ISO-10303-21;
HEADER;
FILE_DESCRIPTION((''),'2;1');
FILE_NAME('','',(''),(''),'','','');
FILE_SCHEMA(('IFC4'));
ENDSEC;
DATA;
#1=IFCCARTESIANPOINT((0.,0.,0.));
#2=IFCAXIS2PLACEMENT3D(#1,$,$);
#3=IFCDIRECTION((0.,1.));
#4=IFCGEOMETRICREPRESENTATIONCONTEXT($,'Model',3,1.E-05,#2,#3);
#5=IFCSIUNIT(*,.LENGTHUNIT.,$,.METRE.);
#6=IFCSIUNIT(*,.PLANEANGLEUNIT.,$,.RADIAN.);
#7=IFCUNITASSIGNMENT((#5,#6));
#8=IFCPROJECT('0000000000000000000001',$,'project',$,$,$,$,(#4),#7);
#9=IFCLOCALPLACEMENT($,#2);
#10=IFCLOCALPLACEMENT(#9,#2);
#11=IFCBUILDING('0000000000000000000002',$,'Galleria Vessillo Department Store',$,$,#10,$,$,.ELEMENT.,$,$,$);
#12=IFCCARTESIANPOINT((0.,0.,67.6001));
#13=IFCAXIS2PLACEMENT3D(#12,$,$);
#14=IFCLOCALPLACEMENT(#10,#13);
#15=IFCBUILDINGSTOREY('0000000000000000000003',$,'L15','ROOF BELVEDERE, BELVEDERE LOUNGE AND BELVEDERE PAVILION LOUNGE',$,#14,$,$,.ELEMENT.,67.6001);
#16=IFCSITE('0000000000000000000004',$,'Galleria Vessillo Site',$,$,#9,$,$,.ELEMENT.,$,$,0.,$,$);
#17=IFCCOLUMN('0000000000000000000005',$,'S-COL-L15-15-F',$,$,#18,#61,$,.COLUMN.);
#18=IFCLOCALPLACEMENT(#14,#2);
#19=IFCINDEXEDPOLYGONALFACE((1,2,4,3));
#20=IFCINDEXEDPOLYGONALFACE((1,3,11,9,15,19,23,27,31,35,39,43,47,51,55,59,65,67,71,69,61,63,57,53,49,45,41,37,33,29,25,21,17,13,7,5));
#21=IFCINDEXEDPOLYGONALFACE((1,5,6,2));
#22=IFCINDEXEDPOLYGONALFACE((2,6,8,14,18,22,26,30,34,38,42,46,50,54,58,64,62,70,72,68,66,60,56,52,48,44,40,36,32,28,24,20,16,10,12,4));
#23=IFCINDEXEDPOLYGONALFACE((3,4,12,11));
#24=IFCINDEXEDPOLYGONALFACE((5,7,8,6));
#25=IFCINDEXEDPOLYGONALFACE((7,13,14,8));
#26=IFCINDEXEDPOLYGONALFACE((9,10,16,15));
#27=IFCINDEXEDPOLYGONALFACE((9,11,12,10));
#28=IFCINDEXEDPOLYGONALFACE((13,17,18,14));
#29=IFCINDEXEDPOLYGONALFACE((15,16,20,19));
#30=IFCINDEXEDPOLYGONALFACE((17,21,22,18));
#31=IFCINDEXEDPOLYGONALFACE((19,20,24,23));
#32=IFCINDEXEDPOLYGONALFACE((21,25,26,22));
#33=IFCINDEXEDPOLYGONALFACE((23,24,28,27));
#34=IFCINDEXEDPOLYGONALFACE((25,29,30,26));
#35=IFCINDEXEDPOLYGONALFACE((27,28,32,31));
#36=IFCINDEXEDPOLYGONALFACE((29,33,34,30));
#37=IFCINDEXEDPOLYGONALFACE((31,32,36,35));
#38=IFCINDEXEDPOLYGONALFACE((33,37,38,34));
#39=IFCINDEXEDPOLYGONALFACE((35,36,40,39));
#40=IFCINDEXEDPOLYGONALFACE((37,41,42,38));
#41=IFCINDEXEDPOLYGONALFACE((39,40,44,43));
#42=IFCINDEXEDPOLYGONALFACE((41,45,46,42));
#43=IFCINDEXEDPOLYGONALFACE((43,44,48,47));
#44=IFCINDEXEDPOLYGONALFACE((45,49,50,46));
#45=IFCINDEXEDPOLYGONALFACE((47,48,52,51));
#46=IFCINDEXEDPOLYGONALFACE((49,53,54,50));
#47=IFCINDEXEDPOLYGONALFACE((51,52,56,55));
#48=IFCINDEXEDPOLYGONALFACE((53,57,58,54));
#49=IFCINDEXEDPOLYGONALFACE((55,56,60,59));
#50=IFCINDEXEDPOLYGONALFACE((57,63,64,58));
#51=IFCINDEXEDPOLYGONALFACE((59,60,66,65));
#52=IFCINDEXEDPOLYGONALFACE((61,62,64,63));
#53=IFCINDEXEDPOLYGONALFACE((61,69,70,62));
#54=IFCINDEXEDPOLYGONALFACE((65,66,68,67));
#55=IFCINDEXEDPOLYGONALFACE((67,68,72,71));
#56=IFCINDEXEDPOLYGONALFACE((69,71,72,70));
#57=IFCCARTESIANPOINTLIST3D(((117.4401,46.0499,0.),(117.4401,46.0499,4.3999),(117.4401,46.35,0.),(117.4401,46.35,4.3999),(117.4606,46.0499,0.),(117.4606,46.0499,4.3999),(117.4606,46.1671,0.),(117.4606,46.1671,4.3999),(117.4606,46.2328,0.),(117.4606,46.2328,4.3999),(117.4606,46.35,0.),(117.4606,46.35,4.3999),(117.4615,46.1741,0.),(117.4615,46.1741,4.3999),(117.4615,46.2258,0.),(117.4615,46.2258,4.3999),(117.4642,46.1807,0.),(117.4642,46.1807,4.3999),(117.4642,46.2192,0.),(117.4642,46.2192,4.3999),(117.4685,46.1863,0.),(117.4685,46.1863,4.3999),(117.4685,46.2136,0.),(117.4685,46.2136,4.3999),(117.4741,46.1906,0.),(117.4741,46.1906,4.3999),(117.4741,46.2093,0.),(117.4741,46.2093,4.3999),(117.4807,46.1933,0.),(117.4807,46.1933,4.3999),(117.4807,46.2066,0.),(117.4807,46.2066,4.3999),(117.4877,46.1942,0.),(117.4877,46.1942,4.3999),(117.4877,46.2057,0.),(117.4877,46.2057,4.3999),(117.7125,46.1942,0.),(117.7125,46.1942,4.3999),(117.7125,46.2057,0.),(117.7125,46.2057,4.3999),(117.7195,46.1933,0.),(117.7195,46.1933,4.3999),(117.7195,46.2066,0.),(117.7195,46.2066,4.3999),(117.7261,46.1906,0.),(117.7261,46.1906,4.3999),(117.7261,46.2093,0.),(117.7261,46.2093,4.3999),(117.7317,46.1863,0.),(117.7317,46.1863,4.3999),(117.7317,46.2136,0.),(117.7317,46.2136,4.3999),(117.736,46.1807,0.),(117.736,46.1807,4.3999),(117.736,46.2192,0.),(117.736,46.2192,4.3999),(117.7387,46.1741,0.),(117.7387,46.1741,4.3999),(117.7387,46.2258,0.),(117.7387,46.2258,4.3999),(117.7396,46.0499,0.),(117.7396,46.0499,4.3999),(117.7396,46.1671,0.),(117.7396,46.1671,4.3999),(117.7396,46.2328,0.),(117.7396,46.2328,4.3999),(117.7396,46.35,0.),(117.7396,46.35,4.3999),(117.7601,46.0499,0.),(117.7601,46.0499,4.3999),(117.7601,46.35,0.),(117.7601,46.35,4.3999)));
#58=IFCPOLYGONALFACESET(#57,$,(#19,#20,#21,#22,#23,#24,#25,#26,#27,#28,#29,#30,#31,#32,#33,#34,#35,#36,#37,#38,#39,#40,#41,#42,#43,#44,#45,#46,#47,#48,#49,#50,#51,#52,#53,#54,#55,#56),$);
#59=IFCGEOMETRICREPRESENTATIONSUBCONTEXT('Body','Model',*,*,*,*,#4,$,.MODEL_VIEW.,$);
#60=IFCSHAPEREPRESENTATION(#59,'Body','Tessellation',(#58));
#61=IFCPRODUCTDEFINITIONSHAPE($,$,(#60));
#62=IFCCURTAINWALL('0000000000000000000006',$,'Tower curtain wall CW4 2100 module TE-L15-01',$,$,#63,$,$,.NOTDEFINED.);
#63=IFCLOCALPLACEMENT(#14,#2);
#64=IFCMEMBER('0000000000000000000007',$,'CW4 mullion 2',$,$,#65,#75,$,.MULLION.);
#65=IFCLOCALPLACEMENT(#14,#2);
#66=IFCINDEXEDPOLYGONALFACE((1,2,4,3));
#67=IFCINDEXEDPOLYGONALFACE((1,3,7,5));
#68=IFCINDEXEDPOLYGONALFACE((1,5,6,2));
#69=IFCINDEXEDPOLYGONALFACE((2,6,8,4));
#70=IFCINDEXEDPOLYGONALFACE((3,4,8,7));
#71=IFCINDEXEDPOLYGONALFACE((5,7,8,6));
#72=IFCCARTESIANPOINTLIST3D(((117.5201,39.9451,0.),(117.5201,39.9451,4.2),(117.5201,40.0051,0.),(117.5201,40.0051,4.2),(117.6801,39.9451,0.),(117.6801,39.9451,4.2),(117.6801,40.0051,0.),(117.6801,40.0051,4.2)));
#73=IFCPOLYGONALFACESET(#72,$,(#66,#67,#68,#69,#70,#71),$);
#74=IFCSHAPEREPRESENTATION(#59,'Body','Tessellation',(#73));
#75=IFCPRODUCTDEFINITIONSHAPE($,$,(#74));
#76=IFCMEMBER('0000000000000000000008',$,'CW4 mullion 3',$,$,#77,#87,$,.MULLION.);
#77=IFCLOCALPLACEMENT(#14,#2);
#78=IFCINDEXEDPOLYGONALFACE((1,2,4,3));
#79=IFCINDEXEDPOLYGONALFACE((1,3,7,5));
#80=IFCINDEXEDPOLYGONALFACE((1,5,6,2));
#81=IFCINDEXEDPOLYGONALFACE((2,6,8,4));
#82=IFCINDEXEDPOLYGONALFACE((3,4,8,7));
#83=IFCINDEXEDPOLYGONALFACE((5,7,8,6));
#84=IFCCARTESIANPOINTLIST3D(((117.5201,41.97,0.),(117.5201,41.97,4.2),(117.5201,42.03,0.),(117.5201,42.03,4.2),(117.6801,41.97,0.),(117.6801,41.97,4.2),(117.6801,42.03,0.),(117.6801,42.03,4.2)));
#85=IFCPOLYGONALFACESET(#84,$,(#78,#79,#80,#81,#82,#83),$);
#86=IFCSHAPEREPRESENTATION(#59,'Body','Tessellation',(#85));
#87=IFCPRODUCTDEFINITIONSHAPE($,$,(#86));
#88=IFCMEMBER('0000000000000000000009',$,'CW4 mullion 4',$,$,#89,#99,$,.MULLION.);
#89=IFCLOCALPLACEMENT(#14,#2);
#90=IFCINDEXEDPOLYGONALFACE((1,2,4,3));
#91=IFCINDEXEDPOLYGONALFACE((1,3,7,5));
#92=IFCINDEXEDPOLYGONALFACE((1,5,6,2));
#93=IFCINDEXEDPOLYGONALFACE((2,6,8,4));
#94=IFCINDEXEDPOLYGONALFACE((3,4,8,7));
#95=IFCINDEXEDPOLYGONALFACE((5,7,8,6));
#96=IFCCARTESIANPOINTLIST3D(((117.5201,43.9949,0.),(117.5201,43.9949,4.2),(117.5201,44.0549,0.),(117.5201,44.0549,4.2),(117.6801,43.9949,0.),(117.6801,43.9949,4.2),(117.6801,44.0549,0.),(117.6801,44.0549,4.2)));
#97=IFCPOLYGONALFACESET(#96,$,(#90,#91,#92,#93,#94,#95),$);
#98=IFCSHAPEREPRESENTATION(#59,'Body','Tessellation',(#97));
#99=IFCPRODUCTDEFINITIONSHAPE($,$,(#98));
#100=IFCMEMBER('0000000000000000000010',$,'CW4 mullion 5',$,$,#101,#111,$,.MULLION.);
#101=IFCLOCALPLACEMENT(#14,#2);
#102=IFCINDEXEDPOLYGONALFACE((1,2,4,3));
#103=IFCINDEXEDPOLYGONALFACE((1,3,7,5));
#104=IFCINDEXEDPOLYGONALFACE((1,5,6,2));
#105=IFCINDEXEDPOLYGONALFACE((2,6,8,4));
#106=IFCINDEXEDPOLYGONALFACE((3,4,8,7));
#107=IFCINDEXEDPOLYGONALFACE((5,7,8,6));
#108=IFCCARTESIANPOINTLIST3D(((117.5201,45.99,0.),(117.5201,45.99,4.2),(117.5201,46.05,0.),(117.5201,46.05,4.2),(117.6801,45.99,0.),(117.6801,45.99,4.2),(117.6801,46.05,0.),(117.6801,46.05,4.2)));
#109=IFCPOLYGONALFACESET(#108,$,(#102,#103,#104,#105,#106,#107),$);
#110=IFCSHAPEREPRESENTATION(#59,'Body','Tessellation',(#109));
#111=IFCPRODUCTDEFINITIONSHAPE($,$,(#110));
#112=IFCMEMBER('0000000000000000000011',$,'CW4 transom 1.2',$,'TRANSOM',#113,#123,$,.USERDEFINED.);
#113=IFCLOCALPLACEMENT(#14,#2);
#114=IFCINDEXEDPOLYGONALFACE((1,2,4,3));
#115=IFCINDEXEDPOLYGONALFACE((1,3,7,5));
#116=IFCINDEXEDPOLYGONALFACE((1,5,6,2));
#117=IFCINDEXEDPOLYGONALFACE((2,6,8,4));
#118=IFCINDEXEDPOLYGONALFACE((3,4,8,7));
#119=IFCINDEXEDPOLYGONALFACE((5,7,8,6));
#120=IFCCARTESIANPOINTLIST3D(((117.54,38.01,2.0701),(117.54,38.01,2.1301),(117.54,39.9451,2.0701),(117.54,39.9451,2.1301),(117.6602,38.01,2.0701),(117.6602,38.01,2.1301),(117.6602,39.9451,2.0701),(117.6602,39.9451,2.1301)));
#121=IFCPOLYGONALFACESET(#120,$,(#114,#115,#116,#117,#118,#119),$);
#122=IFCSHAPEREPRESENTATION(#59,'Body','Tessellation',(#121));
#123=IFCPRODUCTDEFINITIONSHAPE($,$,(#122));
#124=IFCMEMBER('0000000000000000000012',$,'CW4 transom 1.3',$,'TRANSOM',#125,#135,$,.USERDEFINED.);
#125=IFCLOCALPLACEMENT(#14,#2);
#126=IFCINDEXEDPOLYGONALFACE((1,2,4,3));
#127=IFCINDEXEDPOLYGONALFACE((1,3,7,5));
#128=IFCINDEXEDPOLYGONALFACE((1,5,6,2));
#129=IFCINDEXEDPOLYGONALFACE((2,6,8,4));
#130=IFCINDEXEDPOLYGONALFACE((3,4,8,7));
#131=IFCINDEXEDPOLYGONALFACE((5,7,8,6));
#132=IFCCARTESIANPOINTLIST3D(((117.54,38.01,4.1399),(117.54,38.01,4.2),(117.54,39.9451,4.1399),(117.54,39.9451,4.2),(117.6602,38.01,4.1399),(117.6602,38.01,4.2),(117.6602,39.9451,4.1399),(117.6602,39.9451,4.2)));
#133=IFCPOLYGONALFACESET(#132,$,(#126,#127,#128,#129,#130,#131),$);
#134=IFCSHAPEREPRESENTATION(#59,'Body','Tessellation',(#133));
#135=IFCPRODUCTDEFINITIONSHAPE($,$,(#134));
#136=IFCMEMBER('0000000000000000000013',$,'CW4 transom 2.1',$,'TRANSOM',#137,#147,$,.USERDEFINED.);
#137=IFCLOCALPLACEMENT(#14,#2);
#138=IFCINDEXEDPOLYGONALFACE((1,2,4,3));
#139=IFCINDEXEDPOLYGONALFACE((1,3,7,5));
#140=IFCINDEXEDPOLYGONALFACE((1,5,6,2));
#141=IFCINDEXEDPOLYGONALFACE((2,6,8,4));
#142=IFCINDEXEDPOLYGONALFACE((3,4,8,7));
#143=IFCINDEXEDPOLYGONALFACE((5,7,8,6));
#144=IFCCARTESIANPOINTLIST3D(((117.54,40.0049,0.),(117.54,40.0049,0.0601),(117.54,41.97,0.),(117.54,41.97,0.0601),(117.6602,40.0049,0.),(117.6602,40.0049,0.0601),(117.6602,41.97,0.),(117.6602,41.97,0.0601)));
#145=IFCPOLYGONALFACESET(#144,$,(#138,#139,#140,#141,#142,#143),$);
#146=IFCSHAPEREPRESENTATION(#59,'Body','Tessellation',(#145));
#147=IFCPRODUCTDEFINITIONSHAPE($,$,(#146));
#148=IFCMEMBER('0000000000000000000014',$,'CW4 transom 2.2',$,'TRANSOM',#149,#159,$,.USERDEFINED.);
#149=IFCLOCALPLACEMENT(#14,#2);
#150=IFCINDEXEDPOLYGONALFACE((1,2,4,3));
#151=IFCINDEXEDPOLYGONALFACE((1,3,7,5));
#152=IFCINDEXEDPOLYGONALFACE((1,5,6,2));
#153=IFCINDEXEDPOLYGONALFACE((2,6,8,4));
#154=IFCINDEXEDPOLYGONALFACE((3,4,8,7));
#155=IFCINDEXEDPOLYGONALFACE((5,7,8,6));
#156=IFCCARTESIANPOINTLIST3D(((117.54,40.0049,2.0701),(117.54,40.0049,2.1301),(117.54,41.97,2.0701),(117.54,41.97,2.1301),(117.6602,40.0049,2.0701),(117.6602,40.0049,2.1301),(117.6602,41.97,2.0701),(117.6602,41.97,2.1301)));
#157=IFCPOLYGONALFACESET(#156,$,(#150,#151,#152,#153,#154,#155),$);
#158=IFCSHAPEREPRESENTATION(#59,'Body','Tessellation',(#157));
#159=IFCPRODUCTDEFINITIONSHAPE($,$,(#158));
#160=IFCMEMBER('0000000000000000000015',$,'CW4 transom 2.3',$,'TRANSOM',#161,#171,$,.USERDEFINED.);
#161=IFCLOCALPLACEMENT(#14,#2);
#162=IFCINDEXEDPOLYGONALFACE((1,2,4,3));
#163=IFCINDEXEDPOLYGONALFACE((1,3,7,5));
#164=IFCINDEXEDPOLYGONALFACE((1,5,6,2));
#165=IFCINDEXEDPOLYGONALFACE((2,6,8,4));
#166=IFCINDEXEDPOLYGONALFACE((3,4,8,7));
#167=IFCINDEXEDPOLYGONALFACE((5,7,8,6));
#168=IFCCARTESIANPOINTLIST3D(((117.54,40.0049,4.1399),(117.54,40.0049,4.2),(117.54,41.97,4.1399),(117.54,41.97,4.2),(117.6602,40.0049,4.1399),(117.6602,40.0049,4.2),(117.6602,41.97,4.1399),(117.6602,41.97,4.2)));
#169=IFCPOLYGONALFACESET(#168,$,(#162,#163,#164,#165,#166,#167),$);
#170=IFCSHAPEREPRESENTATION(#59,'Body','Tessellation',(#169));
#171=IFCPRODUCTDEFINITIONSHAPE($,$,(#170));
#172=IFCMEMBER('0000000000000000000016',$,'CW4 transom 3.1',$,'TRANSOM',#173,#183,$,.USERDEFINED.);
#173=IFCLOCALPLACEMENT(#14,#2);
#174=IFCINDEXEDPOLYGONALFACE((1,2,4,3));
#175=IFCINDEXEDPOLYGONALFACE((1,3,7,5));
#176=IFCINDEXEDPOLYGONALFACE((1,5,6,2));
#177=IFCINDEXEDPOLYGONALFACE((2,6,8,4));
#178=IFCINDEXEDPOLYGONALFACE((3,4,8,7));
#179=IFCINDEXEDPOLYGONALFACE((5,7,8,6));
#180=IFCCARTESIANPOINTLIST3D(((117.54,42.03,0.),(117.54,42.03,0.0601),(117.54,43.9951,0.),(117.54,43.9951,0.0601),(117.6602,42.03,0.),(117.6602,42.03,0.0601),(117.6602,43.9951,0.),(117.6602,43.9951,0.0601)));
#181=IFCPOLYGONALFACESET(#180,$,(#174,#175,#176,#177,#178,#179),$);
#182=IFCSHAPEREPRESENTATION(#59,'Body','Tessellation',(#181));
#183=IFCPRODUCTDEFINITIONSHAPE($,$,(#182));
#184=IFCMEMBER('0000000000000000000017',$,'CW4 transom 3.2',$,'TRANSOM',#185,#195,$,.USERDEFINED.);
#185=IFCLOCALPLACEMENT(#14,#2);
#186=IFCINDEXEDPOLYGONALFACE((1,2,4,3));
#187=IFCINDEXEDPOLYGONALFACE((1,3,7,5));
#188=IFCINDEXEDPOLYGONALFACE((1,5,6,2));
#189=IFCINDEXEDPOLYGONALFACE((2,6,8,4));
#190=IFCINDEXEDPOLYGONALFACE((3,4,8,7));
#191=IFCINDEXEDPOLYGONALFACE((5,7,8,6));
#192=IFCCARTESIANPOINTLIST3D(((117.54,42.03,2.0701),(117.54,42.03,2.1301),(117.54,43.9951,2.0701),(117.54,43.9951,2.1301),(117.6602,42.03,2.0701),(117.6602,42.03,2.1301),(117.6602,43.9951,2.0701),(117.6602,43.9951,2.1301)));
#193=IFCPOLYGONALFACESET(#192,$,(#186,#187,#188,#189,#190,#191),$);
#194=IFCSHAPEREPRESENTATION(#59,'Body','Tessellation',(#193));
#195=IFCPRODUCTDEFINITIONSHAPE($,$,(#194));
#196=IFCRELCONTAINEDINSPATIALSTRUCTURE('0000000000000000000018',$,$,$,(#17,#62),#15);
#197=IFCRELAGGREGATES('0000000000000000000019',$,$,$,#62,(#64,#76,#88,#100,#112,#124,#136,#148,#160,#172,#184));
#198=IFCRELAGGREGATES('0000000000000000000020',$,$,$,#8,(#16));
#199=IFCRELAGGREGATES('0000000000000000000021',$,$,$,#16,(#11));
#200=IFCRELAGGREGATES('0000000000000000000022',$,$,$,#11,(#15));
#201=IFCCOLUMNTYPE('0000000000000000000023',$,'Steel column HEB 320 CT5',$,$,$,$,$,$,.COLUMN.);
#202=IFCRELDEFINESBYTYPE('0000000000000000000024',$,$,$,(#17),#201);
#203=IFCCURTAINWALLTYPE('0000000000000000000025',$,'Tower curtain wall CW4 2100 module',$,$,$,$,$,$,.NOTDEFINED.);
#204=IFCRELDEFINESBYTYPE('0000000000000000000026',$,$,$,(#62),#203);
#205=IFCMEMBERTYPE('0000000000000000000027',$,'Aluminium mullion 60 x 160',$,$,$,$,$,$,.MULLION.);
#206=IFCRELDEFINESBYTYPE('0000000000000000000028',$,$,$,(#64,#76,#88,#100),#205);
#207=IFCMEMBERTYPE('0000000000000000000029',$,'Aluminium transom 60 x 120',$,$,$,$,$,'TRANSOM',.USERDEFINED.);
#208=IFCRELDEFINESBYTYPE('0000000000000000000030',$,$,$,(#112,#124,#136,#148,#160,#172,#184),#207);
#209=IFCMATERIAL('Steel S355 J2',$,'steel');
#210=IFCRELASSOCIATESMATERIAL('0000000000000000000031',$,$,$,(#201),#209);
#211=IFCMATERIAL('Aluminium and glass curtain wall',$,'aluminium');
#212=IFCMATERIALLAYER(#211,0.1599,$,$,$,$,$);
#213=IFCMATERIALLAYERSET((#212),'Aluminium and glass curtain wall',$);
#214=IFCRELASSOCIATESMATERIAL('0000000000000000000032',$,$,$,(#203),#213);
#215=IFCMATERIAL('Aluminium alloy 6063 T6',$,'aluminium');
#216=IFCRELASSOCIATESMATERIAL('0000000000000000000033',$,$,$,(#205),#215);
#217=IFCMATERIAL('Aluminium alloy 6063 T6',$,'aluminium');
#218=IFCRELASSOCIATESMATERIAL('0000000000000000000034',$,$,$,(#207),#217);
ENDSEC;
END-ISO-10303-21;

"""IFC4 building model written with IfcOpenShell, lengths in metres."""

from ifc_helpers import new_model, si_unit, direction, frame, origin, origin_2d, place, context, subcontext, project, spatial, rectangle, i_section, extrude, material, layer, layer_set, material_profile, profile_set, type_object, element, aggregate, save


model = new_model("IFC4")

# Units and contexts
model_context = context("Model", 3, precision=1e-05, world=origin(), true_north=direction((0.0, 1.0)))
body_context = subcontext(model_context, "Body", "Model", "MODEL_VIEW")
ifc_project = project(units=[si_unit("LENGTHUNIT", "METRE"), si_unit("PLANEANGLEUNIT", "RADIAN")], contexts=[model_context])

# Site, building, storey
site_placement = place(None, origin())
site = spatial("IfcSite", under=ifc_project, at=site_placement, Name="Galleria Vessillo Site", CompositionType="ELEMENT", RefElevation=0.0)
building_placement = place(site_placement, origin())
building = spatial("IfcBuilding", under=site, at=building_placement, Name="Galleria Vessillo Department Store", CompositionType="ELEMENT")
storey_placement = place(building_placement, frame((0.0, 0.0, 67.6001)))
storey = spatial("IfcBuildingStorey", under=building, at=storey_placement, Name="L15", Description="ROOF BELVEDERE, BELVEDERE LOUNGE AND BELVEDERE PAVILION LOUNGE", CompositionType="ELEMENT", Elevation=67.6001)

# Column
ifc_material_1 = material(Name="Steel S355 J2", Category="steel")
ifc_material_profile_1 = material_profile(ifc_material_1, i_section(OverallWidth=0.3, OverallDepth=0.3201, WebThickness=0.0115, FlangeThickness=0.0205, FilletRadius=0.0271, at=origin_2d()), Name="HEB 320")
ifc_profile_set_1 = profile_set([ifc_material_profile_1], Name="Steel S355 J2")
column_type = type_object("IfcColumnType", Name="Steel column HEB 320 CT5", PredefinedType="COLUMN", material=ifc_profile_set_1)
column_placement = place(storey_placement, frame((117.6001, 46.2, 0.0), z_axis=(0.0, 0.0, 1.0), x_axis=(0.0, 1.0, 0.0)))
element("IfcColumn", 1, at=column_placement, inside=storey, type_object=column_type, Name="S-COL-L15-15-F", PredefinedType="COLUMN", context=body_context, shape_type="SweptSolid", body=[
    extrude(i_section(OverallWidth=0.3, OverallDepth=0.3201, WebThickness=0.0115, FlangeThickness=0.0205, FilletRadius=0.0271, at=origin_2d()), origin(), (0.0, 0.0, 1.0), 4.3999),
])

# Curtain wall, members
ifc_material_2 = material(Name="Aluminium and glass curtain wall", Category="aluminium")
ifc_layer_1 = layer(ifc_material_2, 0.1599)
ifc_layer_set_1 = layer_set([ifc_layer_1], Name="Aluminium and glass curtain wall")
curtain_wall_type = type_object("IfcCurtainWallType", Name="Tower curtain wall CW4 2100 module", PredefinedType="NOTDEFINED", material=ifc_layer_set_1)
curtain_wall_placement = place(storey_placement, origin())
curtain_wall = element("IfcCurtainWall", 2, at=curtain_wall_placement, inside=storey, type_object=curtain_wall_type, Name="Tower curtain wall CW4 2100 module TE-L15-01", PredefinedType="NOTDEFINED")
ifc_material_3 = material(Name="Aluminium alloy 6063 T6", Category="aluminium")
ifc_material_profile_2 = material_profile(ifc_material_3, rectangle(XDim=0.1599, YDim=0.0601, at=origin_2d()), Name="AL 60x160")
ifc_profile_set_2 = profile_set([ifc_material_profile_2], Name="Aluminium alloy 6063 T6")
member_type_1 = type_object("IfcMemberType", Name="Aluminium mullion 60 x 160", PredefinedType="MULLION", material=ifc_profile_set_2)
member_1_placement = place(storey_placement, frame((117.6001, 39.9751, 0.0), z_axis=(0.0, 0.0, 1.0), x_axis=(-1.0, 0.0, 0.0)))
member_1 = element("IfcMember", 3, at=member_1_placement, type_object=member_type_1, Name="CW4 mullion 2", PredefinedType="MULLION", context=body_context, shape_type="SweptSolid", body=[
    extrude(rectangle(XDim=0.1599, YDim=0.0601, at=origin_2d()), origin(), (0.0, 0.0, 1.0), 4.2),
])
member_2_placement = place(storey_placement, frame((117.6001, 42.0, 0.0), z_axis=(0.0, 0.0, 1.0), x_axis=(-1.0, 0.0, 0.0)))
member_2 = element("IfcMember", 4, at=member_2_placement, type_object=member_type_1, Name="CW4 mullion 3", PredefinedType="MULLION", context=body_context, shape_type="SweptSolid", body=[
    extrude(rectangle(XDim=0.1599, YDim=0.0601, at=origin_2d()), origin(), (0.0, 0.0, 1.0), 4.2),
])
member_3_placement = place(storey_placement, frame((117.6001, 44.0249, 0.0), z_axis=(0.0, 0.0, 1.0), x_axis=(-1.0, 0.0, 0.0)))
member_3 = element("IfcMember", 5, at=member_3_placement, type_object=member_type_1, Name="CW4 mullion 4", PredefinedType="MULLION", context=body_context, shape_type="SweptSolid", body=[
    extrude(rectangle(XDim=0.1599, YDim=0.0601, at=origin_2d()), origin(), (0.0, 0.0, 1.0), 4.2),
])
member_4_placement = place(storey_placement, frame((117.6001, 46.02, 0.0), z_axis=(0.0, 0.0, 1.0), x_axis=(-1.0, 0.0, 0.0)))
member_4 = element("IfcMember", 6, at=member_4_placement, type_object=member_type_1, Name="CW4 mullion 5", PredefinedType="MULLION", context=body_context, shape_type="SweptSolid", body=[
    extrude(rectangle(XDim=0.1599, YDim=0.0601, at=origin_2d()), origin(), (0.0, 0.0, 1.0), 4.2),
])
ifc_material_4 = material(Name="Aluminium alloy 6063 T6", Category="aluminium")
ifc_material_profile_3 = material_profile(ifc_material_4, rectangle(XDim=0.1201, YDim=0.0601, at=origin_2d()), Name="AL 60x120")
ifc_profile_set_3 = profile_set([ifc_material_profile_3], Name="Aluminium alloy 6063 T6")
member_type_2 = type_object("IfcMemberType", Name="Aluminium transom 60 x 120", ElementType="TRANSOM", PredefinedType="USERDEFINED", material=ifc_profile_set_3)
member_5_placement = place(storey_placement, frame((117.6001, 38.01, 2.1001), z_axis=(0.0, 1.0, 0.0), x_axis=(-1.0, 0.0, 0.0)))
member_5 = element("IfcMember", 7, at=member_5_placement, type_object=member_type_2, Name="CW4 transom 1.2", ObjectType="TRANSOM", PredefinedType="USERDEFINED", context=body_context, shape_type="SweptSolid", body=[
    extrude(rectangle(XDim=0.1201, YDim=0.0601, at=origin_2d()), origin(), (0.0, 0.0, 1.0), 1.9351),
])
member_6_placement = place(storey_placement, frame((117.6001, 38.01, 4.1699), z_axis=(0.0, 1.0, 0.0), x_axis=(-1.0, 0.0, 0.0)))
member_6 = element("IfcMember", 8, at=member_6_placement, type_object=member_type_2, Name="CW4 transom 1.3", ObjectType="TRANSOM", PredefinedType="USERDEFINED", context=body_context, shape_type="SweptSolid", body=[
    extrude(rectangle(XDim=0.1201, YDim=0.0601, at=origin_2d()), origin(), (0.0, 0.0, 1.0), 1.9351),
])
member_7_placement = place(storey_placement, frame((117.6001, 40.0049, 0.03), z_axis=(0.0, 1.0, 0.0), x_axis=(-1.0, 0.0, 0.0)))
member_7 = element("IfcMember", 9, at=member_7_placement, type_object=member_type_2, Name="CW4 transom 2.1", ObjectType="TRANSOM", PredefinedType="USERDEFINED", context=body_context, shape_type="SweptSolid", body=[
    extrude(rectangle(XDim=0.1201, YDim=0.0601, at=origin_2d()), origin(), (0.0, 0.0, 1.0), 1.9651),
])
member_8_placement = place(storey_placement, frame((117.6001, 40.0049, 2.1001), z_axis=(0.0, 1.0, 0.0), x_axis=(-1.0, 0.0, 0.0)))
member_8 = element("IfcMember", 10, at=member_8_placement, type_object=member_type_2, Name="CW4 transom 2.2", ObjectType="TRANSOM", PredefinedType="USERDEFINED", context=body_context, shape_type="SweptSolid", body=[
    extrude(rectangle(XDim=0.1201, YDim=0.0601, at=origin_2d()), origin(), (0.0, 0.0, 1.0), 1.9651),
])
member_9_placement = place(storey_placement, frame((117.6001, 40.0049, 4.1699), z_axis=(0.0, 1.0, 0.0), x_axis=(-1.0, 0.0, 0.0)))
member_9 = element("IfcMember", 11, at=member_9_placement, type_object=member_type_2, Name="CW4 transom 2.3", ObjectType="TRANSOM", PredefinedType="USERDEFINED", context=body_context, shape_type="SweptSolid", body=[
    extrude(rectangle(XDim=0.1201, YDim=0.0601, at=origin_2d()), origin(), (0.0, 0.0, 1.0), 1.9651),
])
member_10_placement = place(storey_placement, frame((117.6001, 42.03, 0.03), z_axis=(0.0, 1.0, 0.0), x_axis=(-1.0, 0.0, 0.0)))
member_10 = element("IfcMember", 12, at=member_10_placement, type_object=member_type_2, Name="CW4 transom 3.1", ObjectType="TRANSOM", PredefinedType="USERDEFINED", context=body_context, shape_type="SweptSolid", body=[
    extrude(rectangle(XDim=0.1201, YDim=0.0601, at=origin_2d()), origin(), (0.0, 0.0, 1.0), 1.9651),
])
member_11_placement = place(storey_placement, frame((117.6001, 42.03, 2.1001), z_axis=(0.0, 1.0, 0.0), x_axis=(-1.0, 0.0, 0.0)))
member_11 = element("IfcMember", 13, at=member_11_placement, type_object=member_type_2, Name="CW4 transom 3.2", ObjectType="TRANSOM", PredefinedType="USERDEFINED", context=body_context, shape_type="SweptSolid", body=[
    extrude(rectangle(XDim=0.1201, YDim=0.0601, at=origin_2d()), origin(), (0.0, 0.0, 1.0), 1.9651),
])
aggregate(curtain_wall, [member_1, member_2, member_3, member_4, member_5, member_6, member_7, member_8, member_9, member_10, member_11])

save(model, "model.ifc")
